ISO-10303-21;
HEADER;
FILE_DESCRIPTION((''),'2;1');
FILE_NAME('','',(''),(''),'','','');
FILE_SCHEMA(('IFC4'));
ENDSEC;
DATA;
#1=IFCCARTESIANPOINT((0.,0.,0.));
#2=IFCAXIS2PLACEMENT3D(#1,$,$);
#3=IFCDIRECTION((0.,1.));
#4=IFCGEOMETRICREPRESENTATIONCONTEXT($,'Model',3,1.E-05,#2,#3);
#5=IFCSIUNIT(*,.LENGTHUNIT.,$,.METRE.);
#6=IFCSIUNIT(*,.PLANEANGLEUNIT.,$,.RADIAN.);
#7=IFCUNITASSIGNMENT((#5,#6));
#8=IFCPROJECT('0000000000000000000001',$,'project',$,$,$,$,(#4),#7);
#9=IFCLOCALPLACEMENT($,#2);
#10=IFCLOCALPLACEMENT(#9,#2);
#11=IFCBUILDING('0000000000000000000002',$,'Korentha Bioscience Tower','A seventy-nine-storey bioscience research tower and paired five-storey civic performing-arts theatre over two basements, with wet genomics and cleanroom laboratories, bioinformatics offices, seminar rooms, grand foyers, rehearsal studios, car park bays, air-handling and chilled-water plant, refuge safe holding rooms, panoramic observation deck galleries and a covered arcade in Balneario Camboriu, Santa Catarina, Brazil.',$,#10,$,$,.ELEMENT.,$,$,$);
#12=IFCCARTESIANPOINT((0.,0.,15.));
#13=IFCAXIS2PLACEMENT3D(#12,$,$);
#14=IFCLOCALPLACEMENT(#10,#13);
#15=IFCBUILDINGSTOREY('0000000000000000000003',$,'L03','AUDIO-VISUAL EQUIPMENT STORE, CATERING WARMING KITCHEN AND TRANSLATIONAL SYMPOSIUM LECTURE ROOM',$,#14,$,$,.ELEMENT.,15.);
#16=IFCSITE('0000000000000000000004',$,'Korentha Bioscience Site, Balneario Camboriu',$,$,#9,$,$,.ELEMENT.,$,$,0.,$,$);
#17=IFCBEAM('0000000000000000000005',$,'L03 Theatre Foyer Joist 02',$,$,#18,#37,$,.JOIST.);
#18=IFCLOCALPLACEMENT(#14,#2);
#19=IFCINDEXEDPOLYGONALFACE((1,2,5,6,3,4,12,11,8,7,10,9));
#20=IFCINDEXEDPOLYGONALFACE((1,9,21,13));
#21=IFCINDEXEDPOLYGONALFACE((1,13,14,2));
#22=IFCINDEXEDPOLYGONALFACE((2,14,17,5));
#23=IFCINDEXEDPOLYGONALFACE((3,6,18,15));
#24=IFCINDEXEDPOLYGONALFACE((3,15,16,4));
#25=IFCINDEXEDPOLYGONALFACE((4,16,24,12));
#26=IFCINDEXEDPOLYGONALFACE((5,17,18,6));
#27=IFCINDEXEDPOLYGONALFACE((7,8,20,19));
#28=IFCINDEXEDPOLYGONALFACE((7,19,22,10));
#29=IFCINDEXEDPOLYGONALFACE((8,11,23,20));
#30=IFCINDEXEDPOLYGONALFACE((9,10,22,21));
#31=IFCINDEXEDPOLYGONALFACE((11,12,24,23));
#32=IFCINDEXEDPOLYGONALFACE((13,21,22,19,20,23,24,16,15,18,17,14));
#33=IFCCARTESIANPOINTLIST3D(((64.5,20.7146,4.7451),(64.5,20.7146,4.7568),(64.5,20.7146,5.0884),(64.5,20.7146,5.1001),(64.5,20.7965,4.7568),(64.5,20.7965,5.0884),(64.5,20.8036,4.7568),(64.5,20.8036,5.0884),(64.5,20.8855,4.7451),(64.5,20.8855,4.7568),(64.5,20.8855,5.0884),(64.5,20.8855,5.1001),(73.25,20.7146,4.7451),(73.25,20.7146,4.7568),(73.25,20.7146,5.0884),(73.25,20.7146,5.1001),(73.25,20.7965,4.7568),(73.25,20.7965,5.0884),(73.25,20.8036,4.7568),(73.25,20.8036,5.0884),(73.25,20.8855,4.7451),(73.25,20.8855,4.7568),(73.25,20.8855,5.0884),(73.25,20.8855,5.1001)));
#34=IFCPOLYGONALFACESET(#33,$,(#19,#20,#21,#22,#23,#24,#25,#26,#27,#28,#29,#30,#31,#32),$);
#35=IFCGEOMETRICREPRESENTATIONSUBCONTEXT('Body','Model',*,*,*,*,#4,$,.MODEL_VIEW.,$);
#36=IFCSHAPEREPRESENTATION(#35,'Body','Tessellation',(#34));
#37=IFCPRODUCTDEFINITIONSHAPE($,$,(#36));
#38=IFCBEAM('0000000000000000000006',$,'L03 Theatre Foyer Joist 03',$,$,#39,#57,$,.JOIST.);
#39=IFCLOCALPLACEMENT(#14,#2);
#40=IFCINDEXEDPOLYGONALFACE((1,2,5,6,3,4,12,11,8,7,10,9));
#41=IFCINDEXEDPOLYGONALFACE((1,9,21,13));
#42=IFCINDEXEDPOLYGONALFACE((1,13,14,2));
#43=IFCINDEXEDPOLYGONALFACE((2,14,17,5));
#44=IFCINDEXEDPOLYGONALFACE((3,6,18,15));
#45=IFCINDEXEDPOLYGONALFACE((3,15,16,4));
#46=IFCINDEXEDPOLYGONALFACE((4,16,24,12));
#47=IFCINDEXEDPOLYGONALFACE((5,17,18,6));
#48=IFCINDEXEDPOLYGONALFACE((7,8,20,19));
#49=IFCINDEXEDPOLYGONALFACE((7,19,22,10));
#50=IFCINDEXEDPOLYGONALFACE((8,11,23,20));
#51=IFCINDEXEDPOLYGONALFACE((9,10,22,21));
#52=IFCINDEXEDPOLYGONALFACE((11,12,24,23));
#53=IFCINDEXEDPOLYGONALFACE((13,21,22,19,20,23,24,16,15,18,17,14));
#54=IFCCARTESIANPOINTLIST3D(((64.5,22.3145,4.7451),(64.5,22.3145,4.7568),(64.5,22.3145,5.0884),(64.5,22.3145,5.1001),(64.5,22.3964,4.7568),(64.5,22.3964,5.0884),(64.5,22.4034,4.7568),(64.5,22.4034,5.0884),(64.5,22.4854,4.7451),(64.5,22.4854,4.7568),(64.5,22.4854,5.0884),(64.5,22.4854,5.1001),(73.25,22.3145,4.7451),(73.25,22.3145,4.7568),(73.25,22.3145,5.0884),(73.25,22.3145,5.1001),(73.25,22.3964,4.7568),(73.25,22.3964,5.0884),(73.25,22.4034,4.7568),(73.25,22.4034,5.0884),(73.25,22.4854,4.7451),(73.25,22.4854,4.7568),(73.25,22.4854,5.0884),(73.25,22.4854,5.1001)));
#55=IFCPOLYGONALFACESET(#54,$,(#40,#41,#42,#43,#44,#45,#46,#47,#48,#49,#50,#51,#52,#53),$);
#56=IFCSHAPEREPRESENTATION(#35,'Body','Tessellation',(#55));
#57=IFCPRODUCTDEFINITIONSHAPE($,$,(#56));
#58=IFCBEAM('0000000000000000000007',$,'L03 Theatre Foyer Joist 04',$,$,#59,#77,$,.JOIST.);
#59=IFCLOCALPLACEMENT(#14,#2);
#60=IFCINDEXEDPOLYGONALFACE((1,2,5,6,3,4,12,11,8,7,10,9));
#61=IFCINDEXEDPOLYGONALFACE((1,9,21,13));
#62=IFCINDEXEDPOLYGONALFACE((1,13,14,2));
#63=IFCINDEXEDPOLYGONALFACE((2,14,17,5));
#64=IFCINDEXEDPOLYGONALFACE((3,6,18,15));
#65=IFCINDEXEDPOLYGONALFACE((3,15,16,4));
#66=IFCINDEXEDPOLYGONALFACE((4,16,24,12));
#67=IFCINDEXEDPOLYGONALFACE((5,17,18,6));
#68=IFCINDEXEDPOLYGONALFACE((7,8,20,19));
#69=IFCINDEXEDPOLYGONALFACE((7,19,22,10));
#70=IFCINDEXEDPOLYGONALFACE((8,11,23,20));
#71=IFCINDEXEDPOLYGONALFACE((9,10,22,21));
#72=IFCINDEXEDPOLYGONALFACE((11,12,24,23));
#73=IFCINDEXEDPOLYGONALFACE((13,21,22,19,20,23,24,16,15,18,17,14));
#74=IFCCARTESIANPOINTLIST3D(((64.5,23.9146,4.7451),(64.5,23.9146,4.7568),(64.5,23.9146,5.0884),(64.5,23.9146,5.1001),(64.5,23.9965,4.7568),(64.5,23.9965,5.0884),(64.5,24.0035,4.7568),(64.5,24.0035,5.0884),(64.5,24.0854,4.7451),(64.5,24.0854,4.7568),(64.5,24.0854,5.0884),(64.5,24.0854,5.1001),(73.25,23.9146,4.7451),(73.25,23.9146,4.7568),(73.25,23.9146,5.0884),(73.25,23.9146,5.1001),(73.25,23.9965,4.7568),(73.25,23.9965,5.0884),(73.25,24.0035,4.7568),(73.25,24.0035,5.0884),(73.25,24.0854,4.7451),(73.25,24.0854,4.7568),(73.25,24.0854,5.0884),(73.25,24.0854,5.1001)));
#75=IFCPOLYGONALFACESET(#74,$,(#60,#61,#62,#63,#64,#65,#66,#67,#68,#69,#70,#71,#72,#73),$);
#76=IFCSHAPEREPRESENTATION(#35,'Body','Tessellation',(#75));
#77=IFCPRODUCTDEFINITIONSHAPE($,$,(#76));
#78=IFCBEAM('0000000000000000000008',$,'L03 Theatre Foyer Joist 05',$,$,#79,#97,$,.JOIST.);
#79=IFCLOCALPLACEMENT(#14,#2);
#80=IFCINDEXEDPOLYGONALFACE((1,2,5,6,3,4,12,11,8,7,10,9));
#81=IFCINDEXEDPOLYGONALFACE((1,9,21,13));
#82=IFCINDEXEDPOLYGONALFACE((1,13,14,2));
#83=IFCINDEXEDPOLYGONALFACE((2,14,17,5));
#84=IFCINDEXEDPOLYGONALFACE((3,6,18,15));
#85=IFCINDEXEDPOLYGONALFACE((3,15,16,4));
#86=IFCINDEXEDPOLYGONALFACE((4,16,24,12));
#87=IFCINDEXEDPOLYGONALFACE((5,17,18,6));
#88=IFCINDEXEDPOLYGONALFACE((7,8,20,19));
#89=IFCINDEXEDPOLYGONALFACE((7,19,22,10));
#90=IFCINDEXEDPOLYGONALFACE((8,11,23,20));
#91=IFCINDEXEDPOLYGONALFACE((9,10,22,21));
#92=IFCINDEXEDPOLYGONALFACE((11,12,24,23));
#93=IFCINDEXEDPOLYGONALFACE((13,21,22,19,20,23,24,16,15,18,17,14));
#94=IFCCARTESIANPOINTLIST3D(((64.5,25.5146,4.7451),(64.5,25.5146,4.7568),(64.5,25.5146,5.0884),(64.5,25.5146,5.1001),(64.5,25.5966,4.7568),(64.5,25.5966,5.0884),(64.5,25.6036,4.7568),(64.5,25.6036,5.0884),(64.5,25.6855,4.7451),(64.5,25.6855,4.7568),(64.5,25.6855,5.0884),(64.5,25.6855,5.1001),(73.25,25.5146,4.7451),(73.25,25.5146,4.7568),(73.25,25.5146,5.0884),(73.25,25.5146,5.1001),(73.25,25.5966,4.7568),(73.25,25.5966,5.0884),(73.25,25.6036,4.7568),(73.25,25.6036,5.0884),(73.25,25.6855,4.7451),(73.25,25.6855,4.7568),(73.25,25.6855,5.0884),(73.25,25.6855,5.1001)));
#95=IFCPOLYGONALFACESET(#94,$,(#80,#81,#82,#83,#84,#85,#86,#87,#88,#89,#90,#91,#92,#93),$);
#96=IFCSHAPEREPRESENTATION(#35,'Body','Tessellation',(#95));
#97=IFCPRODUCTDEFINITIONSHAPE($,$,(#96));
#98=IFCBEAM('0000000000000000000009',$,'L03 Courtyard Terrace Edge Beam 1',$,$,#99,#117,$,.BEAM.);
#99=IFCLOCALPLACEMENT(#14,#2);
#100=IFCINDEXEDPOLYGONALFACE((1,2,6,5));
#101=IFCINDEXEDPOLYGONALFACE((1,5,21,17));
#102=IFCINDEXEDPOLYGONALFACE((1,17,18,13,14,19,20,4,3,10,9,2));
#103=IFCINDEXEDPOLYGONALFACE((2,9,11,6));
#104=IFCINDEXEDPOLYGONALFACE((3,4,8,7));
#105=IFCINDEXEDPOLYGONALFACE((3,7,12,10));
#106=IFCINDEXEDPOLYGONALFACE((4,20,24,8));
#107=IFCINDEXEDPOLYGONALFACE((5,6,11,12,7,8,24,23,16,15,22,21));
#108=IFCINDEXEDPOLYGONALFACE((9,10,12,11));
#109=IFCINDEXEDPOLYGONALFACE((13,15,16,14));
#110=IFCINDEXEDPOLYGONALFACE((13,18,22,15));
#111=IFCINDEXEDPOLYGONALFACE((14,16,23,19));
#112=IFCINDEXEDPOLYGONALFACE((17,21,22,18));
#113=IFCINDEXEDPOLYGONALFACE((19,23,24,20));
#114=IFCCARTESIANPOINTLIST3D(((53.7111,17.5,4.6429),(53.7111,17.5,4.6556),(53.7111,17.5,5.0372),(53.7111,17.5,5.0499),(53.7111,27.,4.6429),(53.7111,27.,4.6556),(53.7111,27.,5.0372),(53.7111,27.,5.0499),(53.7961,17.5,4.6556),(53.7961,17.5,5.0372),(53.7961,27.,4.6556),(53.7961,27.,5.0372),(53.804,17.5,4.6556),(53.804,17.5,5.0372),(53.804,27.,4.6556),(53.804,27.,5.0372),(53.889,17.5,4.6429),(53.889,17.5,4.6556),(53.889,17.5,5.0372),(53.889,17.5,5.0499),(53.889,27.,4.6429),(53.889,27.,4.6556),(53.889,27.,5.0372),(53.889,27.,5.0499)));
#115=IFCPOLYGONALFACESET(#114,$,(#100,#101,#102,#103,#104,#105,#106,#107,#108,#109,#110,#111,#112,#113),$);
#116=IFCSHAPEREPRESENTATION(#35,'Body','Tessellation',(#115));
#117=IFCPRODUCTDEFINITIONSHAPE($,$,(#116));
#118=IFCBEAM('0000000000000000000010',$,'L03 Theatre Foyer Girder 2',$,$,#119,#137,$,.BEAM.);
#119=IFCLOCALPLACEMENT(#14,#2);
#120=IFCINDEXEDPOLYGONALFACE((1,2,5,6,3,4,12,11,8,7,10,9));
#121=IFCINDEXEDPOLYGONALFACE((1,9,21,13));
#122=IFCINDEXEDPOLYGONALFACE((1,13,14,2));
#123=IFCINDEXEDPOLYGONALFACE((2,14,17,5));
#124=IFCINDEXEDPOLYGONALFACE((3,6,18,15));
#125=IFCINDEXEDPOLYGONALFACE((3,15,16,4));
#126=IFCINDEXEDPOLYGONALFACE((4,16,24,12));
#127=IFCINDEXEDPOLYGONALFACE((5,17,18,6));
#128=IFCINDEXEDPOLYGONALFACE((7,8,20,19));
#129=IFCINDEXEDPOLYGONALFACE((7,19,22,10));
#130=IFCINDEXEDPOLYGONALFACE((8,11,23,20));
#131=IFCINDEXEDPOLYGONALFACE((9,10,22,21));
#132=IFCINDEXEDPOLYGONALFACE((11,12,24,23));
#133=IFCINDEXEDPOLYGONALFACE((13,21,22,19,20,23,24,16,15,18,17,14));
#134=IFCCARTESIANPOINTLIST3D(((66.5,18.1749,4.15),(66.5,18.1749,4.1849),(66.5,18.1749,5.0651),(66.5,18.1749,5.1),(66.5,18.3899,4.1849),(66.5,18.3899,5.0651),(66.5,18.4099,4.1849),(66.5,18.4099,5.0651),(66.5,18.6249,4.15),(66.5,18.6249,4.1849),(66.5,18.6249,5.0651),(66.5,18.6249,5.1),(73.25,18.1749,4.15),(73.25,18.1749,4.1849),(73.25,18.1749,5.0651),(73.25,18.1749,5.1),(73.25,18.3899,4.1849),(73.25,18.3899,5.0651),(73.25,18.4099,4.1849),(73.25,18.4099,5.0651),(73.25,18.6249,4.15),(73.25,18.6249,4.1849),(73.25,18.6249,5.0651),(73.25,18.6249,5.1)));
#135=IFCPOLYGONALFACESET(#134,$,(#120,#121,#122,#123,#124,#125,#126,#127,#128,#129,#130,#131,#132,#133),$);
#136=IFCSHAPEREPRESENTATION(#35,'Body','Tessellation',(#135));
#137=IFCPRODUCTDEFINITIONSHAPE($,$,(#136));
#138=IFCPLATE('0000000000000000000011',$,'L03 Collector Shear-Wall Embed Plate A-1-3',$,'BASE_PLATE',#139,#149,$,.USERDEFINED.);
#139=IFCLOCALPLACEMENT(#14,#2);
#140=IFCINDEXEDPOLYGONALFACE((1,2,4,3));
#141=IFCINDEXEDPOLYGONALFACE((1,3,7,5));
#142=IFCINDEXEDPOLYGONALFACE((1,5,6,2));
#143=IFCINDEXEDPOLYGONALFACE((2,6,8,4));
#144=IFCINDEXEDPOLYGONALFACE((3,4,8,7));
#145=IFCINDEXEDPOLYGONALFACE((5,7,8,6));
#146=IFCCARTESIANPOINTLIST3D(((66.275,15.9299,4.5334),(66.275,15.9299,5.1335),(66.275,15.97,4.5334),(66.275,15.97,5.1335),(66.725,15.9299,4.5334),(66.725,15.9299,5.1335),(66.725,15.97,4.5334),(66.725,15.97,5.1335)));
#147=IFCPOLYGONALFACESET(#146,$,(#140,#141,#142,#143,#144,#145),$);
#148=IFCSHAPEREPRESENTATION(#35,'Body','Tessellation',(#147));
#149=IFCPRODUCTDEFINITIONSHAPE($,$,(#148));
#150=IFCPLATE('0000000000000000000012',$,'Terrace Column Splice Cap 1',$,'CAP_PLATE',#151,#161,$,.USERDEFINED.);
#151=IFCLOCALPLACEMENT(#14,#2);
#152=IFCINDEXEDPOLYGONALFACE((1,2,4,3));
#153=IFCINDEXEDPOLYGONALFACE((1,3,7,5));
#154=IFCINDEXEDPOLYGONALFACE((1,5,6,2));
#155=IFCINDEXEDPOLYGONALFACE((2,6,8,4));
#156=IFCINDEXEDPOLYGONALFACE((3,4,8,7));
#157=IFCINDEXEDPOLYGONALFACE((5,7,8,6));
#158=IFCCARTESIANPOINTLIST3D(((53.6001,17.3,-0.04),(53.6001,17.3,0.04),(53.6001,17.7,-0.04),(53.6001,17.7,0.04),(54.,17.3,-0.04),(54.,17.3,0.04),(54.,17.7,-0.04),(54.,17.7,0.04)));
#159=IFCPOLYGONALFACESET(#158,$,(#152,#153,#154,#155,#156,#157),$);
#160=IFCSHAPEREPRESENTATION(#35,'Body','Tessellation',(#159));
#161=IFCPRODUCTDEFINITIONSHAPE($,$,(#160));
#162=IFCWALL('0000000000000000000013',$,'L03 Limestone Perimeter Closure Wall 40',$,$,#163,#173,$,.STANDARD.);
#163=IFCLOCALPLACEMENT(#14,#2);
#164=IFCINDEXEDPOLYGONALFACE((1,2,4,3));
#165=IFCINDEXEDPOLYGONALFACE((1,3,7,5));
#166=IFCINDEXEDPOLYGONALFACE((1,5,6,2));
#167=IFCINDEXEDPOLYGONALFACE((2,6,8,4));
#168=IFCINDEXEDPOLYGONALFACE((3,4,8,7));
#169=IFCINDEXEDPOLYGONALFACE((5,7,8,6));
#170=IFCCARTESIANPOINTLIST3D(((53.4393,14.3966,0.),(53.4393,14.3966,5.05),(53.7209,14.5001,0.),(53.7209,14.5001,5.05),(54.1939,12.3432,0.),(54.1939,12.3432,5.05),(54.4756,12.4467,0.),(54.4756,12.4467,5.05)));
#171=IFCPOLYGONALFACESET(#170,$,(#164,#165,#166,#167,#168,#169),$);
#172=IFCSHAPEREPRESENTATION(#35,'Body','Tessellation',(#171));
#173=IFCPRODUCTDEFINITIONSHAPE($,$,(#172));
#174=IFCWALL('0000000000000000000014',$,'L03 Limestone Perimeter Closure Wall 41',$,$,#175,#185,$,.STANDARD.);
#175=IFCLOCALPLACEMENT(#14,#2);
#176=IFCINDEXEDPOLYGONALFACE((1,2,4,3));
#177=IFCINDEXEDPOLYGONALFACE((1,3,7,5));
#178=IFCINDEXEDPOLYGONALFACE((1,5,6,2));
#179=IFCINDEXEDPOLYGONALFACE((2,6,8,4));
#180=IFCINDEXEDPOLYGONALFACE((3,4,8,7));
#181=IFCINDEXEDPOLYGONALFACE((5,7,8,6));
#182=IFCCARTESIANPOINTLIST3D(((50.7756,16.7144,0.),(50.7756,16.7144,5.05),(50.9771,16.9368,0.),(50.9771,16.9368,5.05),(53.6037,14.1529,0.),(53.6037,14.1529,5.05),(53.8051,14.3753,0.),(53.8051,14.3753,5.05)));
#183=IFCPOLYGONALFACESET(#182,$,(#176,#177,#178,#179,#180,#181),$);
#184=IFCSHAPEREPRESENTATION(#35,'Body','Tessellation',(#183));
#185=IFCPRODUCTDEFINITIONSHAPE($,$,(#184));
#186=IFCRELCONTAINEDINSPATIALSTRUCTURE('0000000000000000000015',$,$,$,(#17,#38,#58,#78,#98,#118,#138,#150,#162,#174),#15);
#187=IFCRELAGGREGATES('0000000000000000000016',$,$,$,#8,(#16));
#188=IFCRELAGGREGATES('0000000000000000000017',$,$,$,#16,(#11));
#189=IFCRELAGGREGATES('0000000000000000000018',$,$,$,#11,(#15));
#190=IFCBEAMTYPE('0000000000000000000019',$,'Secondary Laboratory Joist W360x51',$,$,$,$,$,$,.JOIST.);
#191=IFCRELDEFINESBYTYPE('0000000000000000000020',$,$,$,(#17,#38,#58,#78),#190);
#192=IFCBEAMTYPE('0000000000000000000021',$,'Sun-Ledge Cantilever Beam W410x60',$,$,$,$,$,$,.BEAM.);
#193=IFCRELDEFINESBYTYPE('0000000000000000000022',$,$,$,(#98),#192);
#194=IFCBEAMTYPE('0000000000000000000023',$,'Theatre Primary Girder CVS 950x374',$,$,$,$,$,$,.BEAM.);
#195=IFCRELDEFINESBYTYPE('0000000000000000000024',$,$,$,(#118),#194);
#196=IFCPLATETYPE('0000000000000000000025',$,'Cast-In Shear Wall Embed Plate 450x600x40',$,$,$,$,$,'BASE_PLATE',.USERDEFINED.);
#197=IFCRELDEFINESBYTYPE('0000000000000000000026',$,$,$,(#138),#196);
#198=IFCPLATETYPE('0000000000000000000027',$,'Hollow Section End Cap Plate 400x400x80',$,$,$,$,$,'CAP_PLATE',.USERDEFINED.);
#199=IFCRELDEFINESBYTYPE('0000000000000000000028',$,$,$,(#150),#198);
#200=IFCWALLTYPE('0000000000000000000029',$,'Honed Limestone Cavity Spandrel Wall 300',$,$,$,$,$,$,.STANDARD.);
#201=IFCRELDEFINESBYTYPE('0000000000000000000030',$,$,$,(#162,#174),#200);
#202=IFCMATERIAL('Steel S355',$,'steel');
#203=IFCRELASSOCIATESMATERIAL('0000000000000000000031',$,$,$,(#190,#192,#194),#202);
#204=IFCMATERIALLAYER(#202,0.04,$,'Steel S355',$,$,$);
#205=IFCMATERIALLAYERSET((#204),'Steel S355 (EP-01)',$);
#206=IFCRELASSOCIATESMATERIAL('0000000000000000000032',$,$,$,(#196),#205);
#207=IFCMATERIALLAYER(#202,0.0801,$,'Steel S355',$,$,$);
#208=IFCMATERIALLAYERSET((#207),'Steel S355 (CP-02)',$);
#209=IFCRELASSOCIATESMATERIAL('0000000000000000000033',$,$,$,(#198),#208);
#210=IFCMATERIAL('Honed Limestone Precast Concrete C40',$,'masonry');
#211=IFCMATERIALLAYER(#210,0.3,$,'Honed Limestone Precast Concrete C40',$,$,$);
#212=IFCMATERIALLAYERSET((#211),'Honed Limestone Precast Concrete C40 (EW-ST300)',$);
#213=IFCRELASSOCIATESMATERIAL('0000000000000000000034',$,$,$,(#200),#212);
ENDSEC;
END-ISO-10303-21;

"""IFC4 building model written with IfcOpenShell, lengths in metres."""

from ifc_helpers import new_model, si_unit, direction, frame, frame_2d, origin, origin_2d, place, context, subcontext, project, spatial, rectangle, i_section, extrude, material, layer, layer_set, material_profile, profile_set, type_object, element, save


model = new_model("IFC4")

# Units and contexts
model_context = context("Model", 3, precision=1e-05, world=origin(), true_north=direction((0.0, 1.0)))
body_context = subcontext(model_context, "Body", "Model", "MODEL_VIEW")
ifc_project = project(units=[si_unit("LENGTHUNIT", "METRE"), si_unit("PLANEANGLEUNIT", "RADIAN")], contexts=[model_context])

# Site, building, storey
site_placement = place(None, origin())
site = spatial("IfcSite", under=ifc_project, at=site_placement, Name="Korentha Bioscience Site, Balneario Camboriu", CompositionType="ELEMENT", RefElevation=0.0)
building_placement = place(site_placement, origin())
building = spatial("IfcBuilding", under=site, at=building_placement, Name="Korentha Bioscience Tower", Description="A seventy-nine-storey bioscience research tower and paired five-storey civic performing-arts theatre over two basements, with wet genomics and cleanroom laboratories, bioinformatics offices, seminar rooms, grand foyers, rehearsal studios, car park bays, air-handling and chilled-water plant, refuge safe holding rooms, panoramic observation deck galleries and a covered arcade in Balneario Camboriu, Santa Catarina, Brazil.", CompositionType="ELEMENT")
storey_placement = place(building_placement, frame((0.0, 0.0, 15.0)))
storey = spatial("IfcBuildingStorey", under=building, at=storey_placement, Name="L03", Description="AUDIO-VISUAL EQUIPMENT STORE, CATERING WARMING KITCHEN AND TRANSLATIONAL SYMPOSIUM LECTURE ROOM", CompositionType="ELEMENT", Elevation=15.0)

# Shared definitions
ifc_material_1 = material(Name="Steel S355", Category="steel")

# Beams
ifc_material_profile_1 = material_profile(ifc_material_1, i_section(OverallWidth=0.1709, OverallDepth=0.355, WebThickness=0.0071, FlangeThickness=0.0117, at=origin_2d()), Name="Steel S355")
ifc_profile_set_1 = profile_set([ifc_material_profile_1], Name="Steel S355 (JB-360)")
beam_type_1 = type_object("IfcBeamType", Name="Secondary Laboratory Joist W360x51", PredefinedType="JOIST", material=ifc_profile_set_1)
for number, where, z_axis, x_axis, name in (
    (1, (64.5, 20.8, 4.9226), (1.0, 0.0, 0.0), (0.0, 1.0, 0.0), "L03 Theatre Foyer Joist 02"),
    (2, (64.5, 22.3999, 4.9226), (1.0, 0.0, 0.0), (0.0, 1.0, 0.0), "L03 Theatre Foyer Joist 03"),
    (3, (64.5, 24.0, 4.9226), (1.0, 0.0, 0.0), (0.0, 1.0, 0.0), "L03 Theatre Foyer Joist 04"),
    (4, (64.5, 25.6001, 4.9226), (1.0, 0.0, 0.0), (0.0, 1.0, 0.0), "L03 Theatre Foyer Joist 05"),
):
    element("IfcBeam", number, at=place(storey_placement, frame(where, z_axis=z_axis, x_axis=x_axis)), inside=storey, type_object=beam_type_1, Name=name, PredefinedType="JOIST", context=body_context, shape_type="SweptSolid", body=[
        extrude(i_section(OverallWidth=0.1709, OverallDepth=0.355, WebThickness=0.0071, FlangeThickness=0.0117, at=origin_2d()), origin(), (0.0, 0.0, 1.0), 8.75),
    ])
ifc_material_profile_2 = material_profile(ifc_material_1, i_section(OverallWidth=0.178, OverallDepth=0.407, WebThickness=0.0078, FlangeThickness=0.0127, at=origin_2d()), Name="Steel S355")
ifc_profile_set_2 = profile_set([ifc_material_profile_2], Name="Steel S355 (CB-410)")
beam_type_2 = type_object("IfcBeamType", Name="Sun-Ledge Cantilever Beam W410x60", PredefinedType="BEAM", material=ifc_profile_set_2)
beam_1_placement = place(storey_placement, frame((53.8, 17.5, 4.8464), z_axis=(0.0, 1.0, 0.0), x_axis=(-1.0, 0.0, 0.0)))
element("IfcBeam", 5, at=beam_1_placement, inside=storey, type_object=beam_type_2, Name="L03 Courtyard Terrace Edge Beam 1", PredefinedType="BEAM", context=body_context, shape_type="SweptSolid", body=[
    extrude(i_section(OverallWidth=0.178, OverallDepth=0.407, WebThickness=0.0078, FlangeThickness=0.0127, at=origin_2d()), origin(), (0.0, 0.0, 1.0), 9.5),
])
ifc_material_profile_3 = material_profile(ifc_material_1, i_section(OverallWidth=0.45, OverallDepth=0.95, WebThickness=0.02, FlangeThickness=0.0349, at=origin_2d()), Name="Steel S355")
ifc_profile_set_3 = profile_set([ifc_material_profile_3], Name="Steel S355 (TB-950)")
beam_type_3 = type_object("IfcBeamType", Name="Theatre Primary Girder CVS 950x374", PredefinedType="BEAM", material=ifc_profile_set_3)
beam_2_placement = place(storey_placement, frame((66.5, 18.3999, 4.625), z_axis=(1.0, 0.0, 0.0), x_axis=(0.0, 1.0, 0.0)))
element("IfcBeam", 6, at=beam_2_placement, inside=storey, type_object=beam_type_3, Name="L03 Theatre Foyer Girder 2", PredefinedType="BEAM", context=body_context, shape_type="SweptSolid", body=[
    extrude(i_section(OverallWidth=0.45, OverallDepth=0.95, WebThickness=0.02, FlangeThickness=0.0349, at=origin_2d()), origin(), (0.0, 0.0, 1.0), 6.75),
])

# Plates
ifc_layer_1 = layer(ifc_material_1, 0.04, Name="Steel S355")
ifc_layer_set_1 = layer_set([ifc_layer_1], Name="Steel S355 (EP-01)")
plate_type_1 = type_object("IfcPlateType", Name="Cast-In Shear Wall Embed Plate 450x600x40", ElementType="BASE_PLATE", PredefinedType="USERDEFINED", material=ifc_layer_set_1)
plate_1_placement = place(storey_placement, frame((66.5, 15.95, 4.5334), z_axis=(0.0, 0.0, 1.0), x_axis=(1.0, 0.0, 0.0)))
element("IfcPlate", 7, at=plate_1_placement, inside=storey, type_object=plate_type_1, Name="L03 Collector Shear-Wall Embed Plate A-1-3", ObjectType="BASE_PLATE", PredefinedType="USERDEFINED", context=body_context, shape_type="SweptSolid", body=[
    extrude(rectangle(XDim=0.45, YDim=0.04, at=origin_2d()), origin(), (0.0, 0.0, 1.0), 0.6001),
])
ifc_layer_2 = layer(ifc_material_1, 0.0801, Name="Steel S355")
ifc_layer_set_2 = layer_set([ifc_layer_2], Name="Steel S355 (CP-02)")
plate_type_2 = type_object("IfcPlateType", Name="Hollow Section End Cap Plate 400x400x80", ElementType="CAP_PLATE", PredefinedType="USERDEFINED", material=ifc_layer_set_2)
plate_2_placement = place(storey_placement, frame((53.8, 17.5, -0.04), z_axis=(0.0, 0.0, 1.0), x_axis=(1.0, 0.0, 0.0)))
element("IfcPlate", 8, at=plate_2_placement, inside=storey, type_object=plate_type_2, Name="Terrace Column Splice Cap 1", ObjectType="CAP_PLATE", PredefinedType="USERDEFINED", context=body_context, shape_type="SweptSolid", body=[
    extrude(rectangle(XDim=0.3999, YDim=0.3999, at=origin_2d()), origin(), (0.0, 0.0, 1.0), 0.0801),
])

# Walls
ifc_material_2 = material(Name="Honed Limestone Precast Concrete C40", Category="masonry")
ifc_layer_3 = layer(ifc_material_2, 0.3, Name="Honed Limestone Precast Concrete C40")
ifc_layer_set_3 = layer_set([ifc_layer_3], Name="Honed Limestone Precast Concrete C40 (EW-ST300)")
wall_type_1 = type_object("IfcWallType", Name="Honed Limestone Cavity Spandrel Wall 300", PredefinedType="STANDARD", material=ifc_layer_set_3)
wall_1_placement = place(storey_placement, frame((54.3347, 12.395, 0.0), z_axis=(0.0, 0.0, 1.0), x_axis=(-0.34494, 0.938625, 0.0)))
element("IfcWall", 9, at=wall_1_placement, inside=storey, type_object=wall_type_1, Name="L03 Limestone Perimeter Closure Wall 40", PredefinedType="STANDARD", context=body_context, shape_type="SweptSolid", body=[
    extrude(rectangle(XDim=2.1877, YDim=0.3, at=frame_2d((1.0938, 0.0))), origin(), (0.0, 0.0, 1.0), 5.05),
])
wall_2_placement = place(storey_placement, frame((53.7043, 14.2642, 0.0), z_axis=(0.0, 0.0, 1.0), x_axis=(-0.741178, 0.671309, 0.0)))
element("IfcWall", 10, at=wall_2_placement, inside=storey, type_object=wall_type_1, Name="L03 Limestone Perimeter Closure Wall 41", PredefinedType="STANDARD", context=body_context, shape_type="SweptSolid", body=[
    extrude(rectangle(XDim=3.8157, YDim=0.3, at=frame_2d((1.9077, 0.0))), origin(), (0.0, 0.0, 1.0), 5.05),
])

save(model, "model.ifc")
